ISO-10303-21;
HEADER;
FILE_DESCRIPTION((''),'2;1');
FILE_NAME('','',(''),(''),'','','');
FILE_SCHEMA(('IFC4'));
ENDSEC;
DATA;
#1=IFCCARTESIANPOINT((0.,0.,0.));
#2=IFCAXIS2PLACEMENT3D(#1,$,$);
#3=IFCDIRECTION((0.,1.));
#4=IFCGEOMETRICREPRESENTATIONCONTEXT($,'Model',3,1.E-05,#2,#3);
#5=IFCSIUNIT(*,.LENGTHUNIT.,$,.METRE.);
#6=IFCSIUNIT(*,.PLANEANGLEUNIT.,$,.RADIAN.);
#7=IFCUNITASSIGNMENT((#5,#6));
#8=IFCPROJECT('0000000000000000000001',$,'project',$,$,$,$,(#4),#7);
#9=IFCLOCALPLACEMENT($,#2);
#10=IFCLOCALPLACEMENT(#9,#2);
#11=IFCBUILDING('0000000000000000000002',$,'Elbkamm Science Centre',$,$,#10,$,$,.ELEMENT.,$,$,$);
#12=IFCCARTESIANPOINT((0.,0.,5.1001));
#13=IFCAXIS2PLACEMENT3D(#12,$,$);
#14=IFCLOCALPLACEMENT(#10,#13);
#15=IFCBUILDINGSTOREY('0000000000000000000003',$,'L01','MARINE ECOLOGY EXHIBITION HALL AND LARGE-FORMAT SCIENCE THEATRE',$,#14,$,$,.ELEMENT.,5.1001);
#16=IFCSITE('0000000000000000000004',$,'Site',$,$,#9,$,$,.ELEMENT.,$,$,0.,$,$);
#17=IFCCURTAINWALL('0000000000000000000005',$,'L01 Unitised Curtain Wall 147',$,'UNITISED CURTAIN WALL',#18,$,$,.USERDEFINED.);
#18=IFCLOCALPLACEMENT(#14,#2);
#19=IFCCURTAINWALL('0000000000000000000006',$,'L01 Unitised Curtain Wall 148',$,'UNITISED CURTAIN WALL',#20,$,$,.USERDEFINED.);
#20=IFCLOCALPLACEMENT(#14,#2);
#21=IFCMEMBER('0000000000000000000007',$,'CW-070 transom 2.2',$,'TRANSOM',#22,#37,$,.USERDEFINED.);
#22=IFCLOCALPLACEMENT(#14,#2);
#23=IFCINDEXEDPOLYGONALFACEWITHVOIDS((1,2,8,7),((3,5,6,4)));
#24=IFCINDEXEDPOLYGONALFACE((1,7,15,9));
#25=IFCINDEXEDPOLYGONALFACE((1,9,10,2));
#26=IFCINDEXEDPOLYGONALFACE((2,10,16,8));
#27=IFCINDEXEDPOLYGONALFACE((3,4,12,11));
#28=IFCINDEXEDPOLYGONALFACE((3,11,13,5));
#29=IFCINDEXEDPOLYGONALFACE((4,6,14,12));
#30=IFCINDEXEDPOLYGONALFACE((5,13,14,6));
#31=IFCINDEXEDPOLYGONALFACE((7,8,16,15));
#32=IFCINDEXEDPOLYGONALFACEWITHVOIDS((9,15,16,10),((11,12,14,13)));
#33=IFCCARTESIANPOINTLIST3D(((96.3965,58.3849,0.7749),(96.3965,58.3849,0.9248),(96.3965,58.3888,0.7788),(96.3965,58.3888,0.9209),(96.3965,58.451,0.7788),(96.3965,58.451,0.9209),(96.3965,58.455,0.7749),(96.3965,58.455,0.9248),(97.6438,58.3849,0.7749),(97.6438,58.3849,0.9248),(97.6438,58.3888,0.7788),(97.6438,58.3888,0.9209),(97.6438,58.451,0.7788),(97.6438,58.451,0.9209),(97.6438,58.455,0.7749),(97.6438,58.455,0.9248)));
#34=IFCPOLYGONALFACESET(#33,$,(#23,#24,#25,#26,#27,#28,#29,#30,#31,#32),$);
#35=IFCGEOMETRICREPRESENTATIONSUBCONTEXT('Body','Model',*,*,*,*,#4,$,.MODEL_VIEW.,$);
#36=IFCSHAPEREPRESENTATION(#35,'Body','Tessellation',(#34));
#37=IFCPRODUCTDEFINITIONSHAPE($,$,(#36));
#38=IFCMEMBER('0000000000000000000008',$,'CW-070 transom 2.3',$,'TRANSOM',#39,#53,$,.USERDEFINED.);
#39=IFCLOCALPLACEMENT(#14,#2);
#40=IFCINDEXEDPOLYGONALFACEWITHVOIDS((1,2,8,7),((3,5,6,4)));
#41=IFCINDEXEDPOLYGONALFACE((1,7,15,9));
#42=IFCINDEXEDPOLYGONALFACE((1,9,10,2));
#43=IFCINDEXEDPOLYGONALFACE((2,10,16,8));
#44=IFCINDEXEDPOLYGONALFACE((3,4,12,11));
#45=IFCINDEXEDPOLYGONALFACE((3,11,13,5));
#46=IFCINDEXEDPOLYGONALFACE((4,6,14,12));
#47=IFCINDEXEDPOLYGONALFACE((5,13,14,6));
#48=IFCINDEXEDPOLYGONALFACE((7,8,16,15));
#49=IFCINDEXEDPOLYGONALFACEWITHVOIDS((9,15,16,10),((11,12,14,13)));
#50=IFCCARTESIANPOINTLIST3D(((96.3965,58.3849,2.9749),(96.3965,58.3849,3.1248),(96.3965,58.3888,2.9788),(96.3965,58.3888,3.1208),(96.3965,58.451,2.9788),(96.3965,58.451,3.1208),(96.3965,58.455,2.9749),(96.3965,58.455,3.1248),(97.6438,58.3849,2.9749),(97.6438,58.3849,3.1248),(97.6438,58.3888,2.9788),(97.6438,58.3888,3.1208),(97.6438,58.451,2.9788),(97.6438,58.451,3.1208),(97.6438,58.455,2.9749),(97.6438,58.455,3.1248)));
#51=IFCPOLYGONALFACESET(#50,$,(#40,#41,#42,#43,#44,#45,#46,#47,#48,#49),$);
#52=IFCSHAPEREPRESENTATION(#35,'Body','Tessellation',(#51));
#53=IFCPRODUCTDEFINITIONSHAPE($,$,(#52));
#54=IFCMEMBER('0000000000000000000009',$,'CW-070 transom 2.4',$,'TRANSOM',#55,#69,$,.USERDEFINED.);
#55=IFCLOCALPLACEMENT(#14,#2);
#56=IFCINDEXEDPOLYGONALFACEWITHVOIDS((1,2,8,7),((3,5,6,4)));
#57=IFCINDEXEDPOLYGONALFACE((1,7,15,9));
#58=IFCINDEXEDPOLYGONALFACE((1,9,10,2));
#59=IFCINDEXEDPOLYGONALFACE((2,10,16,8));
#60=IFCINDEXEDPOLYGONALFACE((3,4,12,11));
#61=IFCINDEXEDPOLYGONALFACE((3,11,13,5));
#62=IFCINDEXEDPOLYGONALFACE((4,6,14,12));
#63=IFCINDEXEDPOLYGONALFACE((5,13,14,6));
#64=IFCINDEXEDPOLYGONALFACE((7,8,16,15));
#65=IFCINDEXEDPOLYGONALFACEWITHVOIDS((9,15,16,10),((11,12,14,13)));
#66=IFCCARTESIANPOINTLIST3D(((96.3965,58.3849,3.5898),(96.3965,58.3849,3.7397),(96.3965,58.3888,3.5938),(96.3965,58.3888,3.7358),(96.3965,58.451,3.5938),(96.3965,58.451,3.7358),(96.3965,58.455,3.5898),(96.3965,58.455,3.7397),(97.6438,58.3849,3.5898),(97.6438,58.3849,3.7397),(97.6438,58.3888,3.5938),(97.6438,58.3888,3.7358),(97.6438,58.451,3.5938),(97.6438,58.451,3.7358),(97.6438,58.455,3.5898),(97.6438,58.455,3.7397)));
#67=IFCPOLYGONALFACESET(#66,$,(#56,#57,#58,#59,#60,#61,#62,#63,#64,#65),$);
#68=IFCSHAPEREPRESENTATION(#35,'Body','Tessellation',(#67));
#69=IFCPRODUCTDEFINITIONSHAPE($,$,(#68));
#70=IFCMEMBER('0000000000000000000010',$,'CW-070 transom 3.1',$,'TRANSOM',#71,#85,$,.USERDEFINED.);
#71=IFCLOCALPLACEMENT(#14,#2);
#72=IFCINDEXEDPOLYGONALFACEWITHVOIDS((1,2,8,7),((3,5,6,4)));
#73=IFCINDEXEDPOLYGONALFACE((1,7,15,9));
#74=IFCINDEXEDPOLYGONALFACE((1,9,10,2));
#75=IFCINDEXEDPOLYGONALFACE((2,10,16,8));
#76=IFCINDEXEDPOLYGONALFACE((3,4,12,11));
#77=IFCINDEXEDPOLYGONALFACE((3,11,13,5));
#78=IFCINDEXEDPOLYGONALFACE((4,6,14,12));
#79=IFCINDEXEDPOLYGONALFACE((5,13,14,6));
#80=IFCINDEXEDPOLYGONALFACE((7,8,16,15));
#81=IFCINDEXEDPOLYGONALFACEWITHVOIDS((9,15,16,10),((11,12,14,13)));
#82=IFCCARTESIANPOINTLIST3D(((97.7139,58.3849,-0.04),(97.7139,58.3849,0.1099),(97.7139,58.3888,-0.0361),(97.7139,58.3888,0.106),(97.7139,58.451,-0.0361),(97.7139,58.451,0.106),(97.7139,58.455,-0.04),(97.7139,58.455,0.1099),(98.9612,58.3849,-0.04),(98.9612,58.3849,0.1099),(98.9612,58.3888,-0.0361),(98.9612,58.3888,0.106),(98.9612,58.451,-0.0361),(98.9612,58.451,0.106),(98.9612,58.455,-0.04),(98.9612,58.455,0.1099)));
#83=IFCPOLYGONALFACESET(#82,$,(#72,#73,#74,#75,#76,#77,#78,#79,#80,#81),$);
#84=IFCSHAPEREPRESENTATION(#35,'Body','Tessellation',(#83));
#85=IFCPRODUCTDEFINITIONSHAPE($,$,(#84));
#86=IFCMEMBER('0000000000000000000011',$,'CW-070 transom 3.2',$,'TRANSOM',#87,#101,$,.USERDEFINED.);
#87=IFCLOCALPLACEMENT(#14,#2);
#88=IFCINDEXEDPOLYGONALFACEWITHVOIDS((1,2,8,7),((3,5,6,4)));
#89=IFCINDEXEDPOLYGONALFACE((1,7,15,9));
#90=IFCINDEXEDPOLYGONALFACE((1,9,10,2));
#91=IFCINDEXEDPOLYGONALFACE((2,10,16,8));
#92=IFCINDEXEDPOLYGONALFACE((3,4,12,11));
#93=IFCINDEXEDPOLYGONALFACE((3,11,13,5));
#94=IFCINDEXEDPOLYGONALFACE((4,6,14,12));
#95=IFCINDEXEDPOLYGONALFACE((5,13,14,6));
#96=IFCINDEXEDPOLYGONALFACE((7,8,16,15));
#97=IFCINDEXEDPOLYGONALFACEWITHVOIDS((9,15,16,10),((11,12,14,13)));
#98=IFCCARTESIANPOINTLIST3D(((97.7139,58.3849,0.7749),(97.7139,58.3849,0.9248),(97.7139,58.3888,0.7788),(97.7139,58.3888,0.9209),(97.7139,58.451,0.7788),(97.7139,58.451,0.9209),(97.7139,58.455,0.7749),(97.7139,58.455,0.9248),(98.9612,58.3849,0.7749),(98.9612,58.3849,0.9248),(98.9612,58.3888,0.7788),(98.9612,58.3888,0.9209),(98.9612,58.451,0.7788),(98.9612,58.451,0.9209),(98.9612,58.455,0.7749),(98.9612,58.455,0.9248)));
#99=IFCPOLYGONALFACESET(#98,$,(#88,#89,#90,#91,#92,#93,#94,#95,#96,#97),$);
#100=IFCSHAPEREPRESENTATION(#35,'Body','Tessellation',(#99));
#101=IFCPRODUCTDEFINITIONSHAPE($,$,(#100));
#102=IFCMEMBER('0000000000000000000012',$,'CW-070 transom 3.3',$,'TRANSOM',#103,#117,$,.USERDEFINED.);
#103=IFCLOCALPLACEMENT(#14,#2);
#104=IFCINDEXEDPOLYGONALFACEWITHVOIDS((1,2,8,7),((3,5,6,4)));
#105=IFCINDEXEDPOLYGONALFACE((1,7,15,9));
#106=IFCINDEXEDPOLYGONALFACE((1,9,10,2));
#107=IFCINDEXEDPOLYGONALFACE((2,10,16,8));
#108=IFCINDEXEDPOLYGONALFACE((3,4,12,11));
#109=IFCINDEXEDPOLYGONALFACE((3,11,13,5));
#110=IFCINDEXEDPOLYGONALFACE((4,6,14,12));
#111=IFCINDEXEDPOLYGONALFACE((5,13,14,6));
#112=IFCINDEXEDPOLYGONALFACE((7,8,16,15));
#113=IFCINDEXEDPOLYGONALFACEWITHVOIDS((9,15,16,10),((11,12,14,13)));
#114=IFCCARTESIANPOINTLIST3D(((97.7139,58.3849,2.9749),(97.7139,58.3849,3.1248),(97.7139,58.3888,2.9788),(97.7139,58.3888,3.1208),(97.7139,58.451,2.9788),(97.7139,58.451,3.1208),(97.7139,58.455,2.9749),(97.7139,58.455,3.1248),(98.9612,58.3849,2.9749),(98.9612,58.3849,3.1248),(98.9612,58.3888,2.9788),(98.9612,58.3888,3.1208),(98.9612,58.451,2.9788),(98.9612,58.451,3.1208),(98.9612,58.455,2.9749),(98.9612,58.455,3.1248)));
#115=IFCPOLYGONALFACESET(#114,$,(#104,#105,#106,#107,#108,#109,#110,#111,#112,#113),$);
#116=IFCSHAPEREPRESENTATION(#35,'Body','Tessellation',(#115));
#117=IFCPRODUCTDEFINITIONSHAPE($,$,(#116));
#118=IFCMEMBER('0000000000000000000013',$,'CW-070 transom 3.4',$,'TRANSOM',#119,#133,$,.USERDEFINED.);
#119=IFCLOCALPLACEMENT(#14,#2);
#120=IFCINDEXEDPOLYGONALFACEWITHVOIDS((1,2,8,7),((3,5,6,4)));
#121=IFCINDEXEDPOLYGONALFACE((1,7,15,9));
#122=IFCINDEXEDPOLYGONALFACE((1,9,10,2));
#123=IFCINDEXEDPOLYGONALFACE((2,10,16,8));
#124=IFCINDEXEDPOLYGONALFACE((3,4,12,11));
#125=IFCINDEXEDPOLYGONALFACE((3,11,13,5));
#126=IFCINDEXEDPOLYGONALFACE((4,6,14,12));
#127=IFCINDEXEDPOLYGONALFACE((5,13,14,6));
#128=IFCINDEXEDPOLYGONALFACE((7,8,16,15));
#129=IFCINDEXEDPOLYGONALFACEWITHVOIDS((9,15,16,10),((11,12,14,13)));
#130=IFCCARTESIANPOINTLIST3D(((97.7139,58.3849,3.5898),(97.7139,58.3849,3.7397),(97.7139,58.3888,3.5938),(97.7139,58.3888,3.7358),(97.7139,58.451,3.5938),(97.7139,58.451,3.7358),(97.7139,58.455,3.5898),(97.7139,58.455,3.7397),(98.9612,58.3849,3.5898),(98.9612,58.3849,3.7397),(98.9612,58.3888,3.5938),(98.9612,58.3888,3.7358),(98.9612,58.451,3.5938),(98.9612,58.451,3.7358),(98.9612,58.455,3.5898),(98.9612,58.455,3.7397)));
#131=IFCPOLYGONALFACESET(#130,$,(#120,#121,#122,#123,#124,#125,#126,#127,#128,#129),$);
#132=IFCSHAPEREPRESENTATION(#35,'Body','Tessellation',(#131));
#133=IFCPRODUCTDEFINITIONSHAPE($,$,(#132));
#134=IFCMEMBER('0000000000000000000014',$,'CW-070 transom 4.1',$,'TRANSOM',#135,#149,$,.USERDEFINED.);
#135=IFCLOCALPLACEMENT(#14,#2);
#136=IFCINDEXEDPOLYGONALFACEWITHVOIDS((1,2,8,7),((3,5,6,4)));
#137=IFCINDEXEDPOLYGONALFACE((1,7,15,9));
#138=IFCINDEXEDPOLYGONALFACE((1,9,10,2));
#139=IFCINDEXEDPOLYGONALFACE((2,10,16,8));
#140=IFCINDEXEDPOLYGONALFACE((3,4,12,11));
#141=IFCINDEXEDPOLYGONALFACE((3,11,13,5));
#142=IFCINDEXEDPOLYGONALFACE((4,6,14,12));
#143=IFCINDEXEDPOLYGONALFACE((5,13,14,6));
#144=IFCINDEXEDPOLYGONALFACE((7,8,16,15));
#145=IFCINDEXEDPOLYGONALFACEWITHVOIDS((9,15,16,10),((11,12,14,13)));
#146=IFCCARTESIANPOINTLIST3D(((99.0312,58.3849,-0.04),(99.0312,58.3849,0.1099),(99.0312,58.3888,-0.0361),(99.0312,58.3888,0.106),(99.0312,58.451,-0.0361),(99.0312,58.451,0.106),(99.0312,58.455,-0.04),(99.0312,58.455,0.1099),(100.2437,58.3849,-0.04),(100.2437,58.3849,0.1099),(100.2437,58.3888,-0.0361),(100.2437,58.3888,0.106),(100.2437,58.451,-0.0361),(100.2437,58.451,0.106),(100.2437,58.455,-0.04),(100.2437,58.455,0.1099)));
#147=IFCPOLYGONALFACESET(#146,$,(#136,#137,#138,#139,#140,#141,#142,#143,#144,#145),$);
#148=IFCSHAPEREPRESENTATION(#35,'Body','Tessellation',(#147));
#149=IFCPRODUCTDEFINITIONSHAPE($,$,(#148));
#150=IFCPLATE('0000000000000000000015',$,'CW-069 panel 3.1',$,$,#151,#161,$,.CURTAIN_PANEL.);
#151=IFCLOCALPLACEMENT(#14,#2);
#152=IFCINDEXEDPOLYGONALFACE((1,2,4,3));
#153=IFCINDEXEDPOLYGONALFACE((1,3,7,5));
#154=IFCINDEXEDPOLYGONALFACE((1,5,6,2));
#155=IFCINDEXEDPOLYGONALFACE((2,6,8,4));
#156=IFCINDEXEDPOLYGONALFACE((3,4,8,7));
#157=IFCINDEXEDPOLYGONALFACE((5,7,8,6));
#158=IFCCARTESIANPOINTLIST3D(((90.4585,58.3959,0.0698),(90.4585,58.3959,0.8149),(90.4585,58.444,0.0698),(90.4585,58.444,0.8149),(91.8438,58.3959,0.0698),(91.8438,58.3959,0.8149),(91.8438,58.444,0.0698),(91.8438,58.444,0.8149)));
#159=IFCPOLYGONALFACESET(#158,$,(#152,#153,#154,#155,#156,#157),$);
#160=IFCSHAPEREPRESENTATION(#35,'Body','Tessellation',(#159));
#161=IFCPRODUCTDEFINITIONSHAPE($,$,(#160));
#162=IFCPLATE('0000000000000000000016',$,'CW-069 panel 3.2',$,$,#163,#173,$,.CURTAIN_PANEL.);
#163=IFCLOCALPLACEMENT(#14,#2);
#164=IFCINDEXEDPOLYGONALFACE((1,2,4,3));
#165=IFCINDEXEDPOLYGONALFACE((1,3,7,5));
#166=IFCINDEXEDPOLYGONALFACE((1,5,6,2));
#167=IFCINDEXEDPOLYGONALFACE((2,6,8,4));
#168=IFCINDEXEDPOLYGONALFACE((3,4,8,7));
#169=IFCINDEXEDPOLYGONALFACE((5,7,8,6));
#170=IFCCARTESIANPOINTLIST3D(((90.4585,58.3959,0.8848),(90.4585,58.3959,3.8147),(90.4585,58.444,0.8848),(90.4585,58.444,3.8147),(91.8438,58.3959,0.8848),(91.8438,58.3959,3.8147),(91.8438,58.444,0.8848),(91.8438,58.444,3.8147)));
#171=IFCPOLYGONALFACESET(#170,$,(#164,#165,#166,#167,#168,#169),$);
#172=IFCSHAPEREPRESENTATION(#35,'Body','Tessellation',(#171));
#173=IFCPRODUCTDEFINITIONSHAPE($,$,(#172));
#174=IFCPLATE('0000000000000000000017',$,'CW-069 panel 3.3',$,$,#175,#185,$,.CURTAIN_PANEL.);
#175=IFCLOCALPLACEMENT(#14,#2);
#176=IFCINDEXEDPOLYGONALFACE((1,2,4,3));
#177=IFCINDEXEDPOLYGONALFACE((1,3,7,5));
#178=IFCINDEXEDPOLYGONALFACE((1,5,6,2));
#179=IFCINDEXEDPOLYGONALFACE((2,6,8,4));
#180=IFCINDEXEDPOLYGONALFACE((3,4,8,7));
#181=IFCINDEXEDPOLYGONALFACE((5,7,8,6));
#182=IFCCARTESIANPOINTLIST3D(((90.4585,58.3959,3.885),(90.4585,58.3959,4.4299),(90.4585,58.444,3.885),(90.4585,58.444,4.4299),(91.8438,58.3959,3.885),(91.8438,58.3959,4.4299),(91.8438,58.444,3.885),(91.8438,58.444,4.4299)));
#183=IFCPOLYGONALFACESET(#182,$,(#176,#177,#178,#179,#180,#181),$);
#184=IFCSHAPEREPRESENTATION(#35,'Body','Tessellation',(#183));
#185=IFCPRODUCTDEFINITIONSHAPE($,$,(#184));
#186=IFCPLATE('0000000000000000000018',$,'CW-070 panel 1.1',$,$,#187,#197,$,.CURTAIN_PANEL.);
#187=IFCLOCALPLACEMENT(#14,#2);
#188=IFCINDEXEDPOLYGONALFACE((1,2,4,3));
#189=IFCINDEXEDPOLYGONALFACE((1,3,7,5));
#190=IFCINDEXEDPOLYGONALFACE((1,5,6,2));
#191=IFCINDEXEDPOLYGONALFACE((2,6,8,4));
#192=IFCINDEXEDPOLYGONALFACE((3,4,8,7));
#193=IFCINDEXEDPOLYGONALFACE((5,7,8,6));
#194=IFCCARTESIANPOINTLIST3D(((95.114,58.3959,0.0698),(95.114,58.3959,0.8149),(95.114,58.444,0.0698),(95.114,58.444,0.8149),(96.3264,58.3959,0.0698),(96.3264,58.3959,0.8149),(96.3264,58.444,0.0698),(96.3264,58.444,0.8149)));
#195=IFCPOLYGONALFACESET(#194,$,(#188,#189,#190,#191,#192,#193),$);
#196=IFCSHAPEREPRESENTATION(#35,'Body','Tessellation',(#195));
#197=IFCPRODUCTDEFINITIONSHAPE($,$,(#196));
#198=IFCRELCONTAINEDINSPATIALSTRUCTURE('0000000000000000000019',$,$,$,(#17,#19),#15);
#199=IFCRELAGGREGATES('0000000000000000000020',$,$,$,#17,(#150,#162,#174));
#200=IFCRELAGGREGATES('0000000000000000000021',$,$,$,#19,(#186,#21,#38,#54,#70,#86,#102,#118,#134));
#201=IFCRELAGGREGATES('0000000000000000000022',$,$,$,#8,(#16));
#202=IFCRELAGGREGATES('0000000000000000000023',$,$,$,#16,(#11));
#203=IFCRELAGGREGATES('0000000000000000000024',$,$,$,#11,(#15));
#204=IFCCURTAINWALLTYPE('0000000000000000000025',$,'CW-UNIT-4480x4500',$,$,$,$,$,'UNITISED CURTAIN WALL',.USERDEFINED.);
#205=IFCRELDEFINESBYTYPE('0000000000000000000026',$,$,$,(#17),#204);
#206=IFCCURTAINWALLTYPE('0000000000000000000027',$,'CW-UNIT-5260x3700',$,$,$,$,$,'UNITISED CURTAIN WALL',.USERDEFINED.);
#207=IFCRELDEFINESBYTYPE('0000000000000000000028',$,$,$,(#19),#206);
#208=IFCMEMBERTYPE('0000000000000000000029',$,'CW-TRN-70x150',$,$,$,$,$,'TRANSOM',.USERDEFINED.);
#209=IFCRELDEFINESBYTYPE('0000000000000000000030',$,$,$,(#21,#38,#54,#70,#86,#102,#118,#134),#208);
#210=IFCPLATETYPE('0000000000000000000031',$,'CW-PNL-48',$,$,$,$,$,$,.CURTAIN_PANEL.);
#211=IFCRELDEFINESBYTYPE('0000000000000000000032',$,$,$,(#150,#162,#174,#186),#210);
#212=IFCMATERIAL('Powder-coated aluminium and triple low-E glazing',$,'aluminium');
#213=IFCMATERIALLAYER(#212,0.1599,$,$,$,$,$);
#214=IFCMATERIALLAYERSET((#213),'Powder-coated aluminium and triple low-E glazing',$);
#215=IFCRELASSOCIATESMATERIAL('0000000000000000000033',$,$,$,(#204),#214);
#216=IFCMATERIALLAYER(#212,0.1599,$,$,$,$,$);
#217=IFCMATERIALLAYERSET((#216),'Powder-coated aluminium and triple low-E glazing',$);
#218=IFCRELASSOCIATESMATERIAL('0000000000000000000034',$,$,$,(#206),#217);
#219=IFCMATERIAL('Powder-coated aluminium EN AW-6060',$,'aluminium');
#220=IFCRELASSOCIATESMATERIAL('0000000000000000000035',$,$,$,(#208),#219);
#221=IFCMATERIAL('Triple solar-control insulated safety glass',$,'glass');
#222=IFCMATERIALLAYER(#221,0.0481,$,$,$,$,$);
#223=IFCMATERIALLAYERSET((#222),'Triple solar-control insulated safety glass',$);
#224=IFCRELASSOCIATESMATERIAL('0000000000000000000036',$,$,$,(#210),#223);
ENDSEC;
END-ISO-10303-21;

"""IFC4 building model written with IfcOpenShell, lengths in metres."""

from ifc_helpers import new_model, si_unit, direction, frame, origin, origin_2d, place, context, subcontext, project, spatial, rectangle, hollow_rectangle, extrude, material, layer, layer_set, material_profile, profile_set, type_object, element, aggregate, save


model = new_model("IFC4")

# Units and contexts
model_context = context("Model", 3, precision=1e-05, world=origin(), true_north=direction((0.0, 1.0)))
body_context = subcontext(model_context, "Body", "Model", "MODEL_VIEW")
ifc_project = project(units=[si_unit("LENGTHUNIT", "METRE"), si_unit("PLANEANGLEUNIT", "RADIAN")], contexts=[model_context])

# Site, building, storey
site_placement = place(None, origin())
site = spatial("IfcSite", under=ifc_project, at=site_placement, Name="Site", CompositionType="ELEMENT", RefElevation=0.0)
building_placement = place(site_placement, origin())
building = spatial("IfcBuilding", under=site, at=building_placement, Name="Elbkamm Science Centre", CompositionType="ELEMENT")
storey_placement = place(building_placement, frame((0.0, 0.0, 5.1001)))
storey = spatial("IfcBuildingStorey", under=building, at=storey_placement, Name="L01", Description="MARINE ECOLOGY EXHIBITION HALL AND LARGE-FORMAT SCIENCE THEATRE", CompositionType="ELEMENT", Elevation=5.1001)

# Curtain wall
ifc_material_1 = material(Name="Powder-coated aluminium and triple low-E glazing", Category="aluminium")
ifc_layer_1 = layer(ifc_material_1, 0.1599)
ifc_layer_set_1 = layer_set([ifc_layer_1], Name="Powder-coated aluminium and triple low-E glazing")
curtain_wall_type_1 = type_object("IfcCurtainWallType", Name="CW-UNIT-4480x4500", ElementType="UNITISED CURTAIN WALL", PredefinedType="USERDEFINED", material=ifc_layer_set_1)
curtain_wall_1_placement = place(storey_placement, origin())
curtain_wall_1 = element("IfcCurtainWall", 1, at=curtain_wall_1_placement, inside=storey, type_object=curtain_wall_type_1, Name="L01 Unitised Curtain Wall 147", ObjectType="UNITISED CURTAIN WALL", PredefinedType="USERDEFINED")
ifc_material_2 = material(Name="Powder-coated aluminium EN AW-6060", Category="aluminium")

# Curtain wall
ifc_layer_2 = layer(ifc_material_1, 0.1599)
ifc_layer_set_2 = layer_set([ifc_layer_2], Name="Powder-coated aluminium and triple low-E glazing")
curtain_wall_type_2 = type_object("IfcCurtainWallType", Name="CW-UNIT-5260x3700", ElementType="UNITISED CURTAIN WALL", PredefinedType="USERDEFINED", material=ifc_layer_set_2)
curtain_wall_2_placement = place(storey_placement, origin())
curtain_wall_2 = element("IfcCurtainWall", 2, at=curtain_wall_2_placement, inside=storey, type_object=curtain_wall_type_2, Name="L01 Unitised Curtain Wall 148", ObjectType="UNITISED CURTAIN WALL", PredefinedType="USERDEFINED")

# Members
ifc_material_profile_1 = material_profile(ifc_material_2, hollow_rectangle(XDim=0.0701, YDim=0.1499, WallThickness=0.0039, at=origin_2d()), Name="ALU T70x150")
ifc_profile_set_1 = profile_set([ifc_material_profile_1], Name="Powder-coated aluminium EN AW-6060")
member_type_1 = type_object("IfcMemberType", Name="CW-TRN-70x150", ElementType="TRANSOM", PredefinedType="USERDEFINED", material=ifc_profile_set_1)
member_1_placement = place(storey_placement, frame((96.3965, 58.4199, 0.8499), z_axis=(1.0, 0.0, 0.0), x_axis=(0.0, 1.0, 0.0)))
member_1 = element("IfcMember", 3, at=member_1_placement, type_object=member_type_1, Name="CW-070 transom 2.2", ObjectType="TRANSOM", PredefinedType="USERDEFINED", context=body_context, shape_type="SweptSolid", body=[
    extrude(hollow_rectangle(XDim=0.0701, YDim=0.1499, WallThickness=0.0039, at=origin_2d()), origin(), (0.0, 0.0, 1.0), 1.2473),
])
member_2_placement = place(storey_placement, frame((96.3965, 58.4199, 3.0498), z_axis=(1.0, 0.0, 0.0), x_axis=(0.0, 1.0, 0.0)))
member_2 = element("IfcMember", 4, at=member_2_placement, type_object=member_type_1, Name="CW-070 transom 2.3", ObjectType="TRANSOM", PredefinedType="USERDEFINED", context=body_context, shape_type="SweptSolid", body=[
    extrude(hollow_rectangle(XDim=0.0701, YDim=0.1499, WallThickness=0.0039, at=origin_2d()), origin(), (0.0, 0.0, 1.0), 1.2473),
])
member_3_placement = place(storey_placement, frame((96.3965, 58.4199, 3.6648), z_axis=(1.0, 0.0, 0.0), x_axis=(0.0, 1.0, 0.0)))
member_3 = element("IfcMember", 5, at=member_3_placement, type_object=member_type_1, Name="CW-070 transom 2.4", ObjectType="TRANSOM", PredefinedType="USERDEFINED", context=body_context, shape_type="SweptSolid", body=[
    extrude(hollow_rectangle(XDim=0.0701, YDim=0.1499, WallThickness=0.0039, at=origin_2d()), origin(), (0.0, 0.0, 1.0), 1.2473),
])
member_4_placement = place(storey_placement, frame((97.7139, 58.4199, 0.0349), z_axis=(1.0, 0.0, 0.0), x_axis=(0.0, 1.0, 0.0)))
member_4 = element("IfcMember", 6, at=member_4_placement, type_object=member_type_1, Name="CW-070 transom 3.1", ObjectType="TRANSOM", PredefinedType="USERDEFINED", context=body_context, shape_type="SweptSolid", body=[
    extrude(hollow_rectangle(XDim=0.0701, YDim=0.1499, WallThickness=0.0039, at=origin_2d()), origin(), (0.0, 0.0, 1.0), 1.2473),
])
member_5_placement = place(storey_placement, frame((97.7139, 58.4199, 0.8499), z_axis=(1.0, 0.0, 0.0), x_axis=(0.0, 1.0, 0.0)))
member_5 = element("IfcMember", 7, at=member_5_placement, type_object=member_type_1, Name="CW-070 transom 3.2", ObjectType="TRANSOM", PredefinedType="USERDEFINED", context=body_context, shape_type="SweptSolid", body=[
    extrude(hollow_rectangle(XDim=0.0701, YDim=0.1499, WallThickness=0.0039, at=origin_2d()), origin(), (0.0, 0.0, 1.0), 1.2473),
])
member_6_placement = place(storey_placement, frame((97.7139, 58.4199, 3.0498), z_axis=(1.0, 0.0, 0.0), x_axis=(0.0, 1.0, 0.0)))
member_6 = element("IfcMember", 8, at=member_6_placement, type_object=member_type_1, Name="CW-070 transom 3.3", ObjectType="TRANSOM", PredefinedType="USERDEFINED", context=body_context, shape_type="SweptSolid", body=[
    extrude(hollow_rectangle(XDim=0.0701, YDim=0.1499, WallThickness=0.0039, at=origin_2d()), origin(), (0.0, 0.0, 1.0), 1.2473),
])
member_7_placement = place(storey_placement, frame((97.7139, 58.4199, 3.6648), z_axis=(1.0, 0.0, 0.0), x_axis=(0.0, 1.0, 0.0)))
member_7 = element("IfcMember", 9, at=member_7_placement, type_object=member_type_1, Name="CW-070 transom 3.4", ObjectType="TRANSOM", PredefinedType="USERDEFINED", context=body_context, shape_type="SweptSolid", body=[
    extrude(hollow_rectangle(XDim=0.0701, YDim=0.1499, WallThickness=0.0039, at=origin_2d()), origin(), (0.0, 0.0, 1.0), 1.2473),
])
member_8_placement = place(storey_placement, frame((99.0312, 58.4199, 0.0349), z_axis=(1.0, 0.0, 0.0), x_axis=(0.0, 1.0, 0.0)))
member_8 = element("IfcMember", 10, at=member_8_placement, type_object=member_type_1, Name="CW-070 transom 4.1", ObjectType="TRANSOM", PredefinedType="USERDEFINED", context=body_context, shape_type="SweptSolid", body=[
    extrude(hollow_rectangle(XDim=0.0701, YDim=0.1499, WallThickness=0.0039, at=origin_2d()), origin(), (0.0, 0.0, 1.0), 1.2124),
])

# Plates
ifc_material_3 = material(Name="Triple solar-control insulated safety glass", Category="glass")
ifc_layer_3 = layer(ifc_material_3, 0.0481)
ifc_layer_set_3 = layer_set([ifc_layer_3], Name="Triple solar-control insulated safety glass")
plate_type = type_object("IfcPlateType", Name="CW-PNL-48", PredefinedType="CURTAIN_PANEL", material=ifc_layer_set_3)
plate_1_placement = place(storey_placement, frame((91.1511, 58.4199, 0.0698), z_axis=(0.0, 0.0, 1.0), x_axis=(1.0, 0.0, 0.0)))
plate_1 = element("IfcPlate", 11, at=plate_1_placement, type_object=plate_type, Name="CW-069 panel 3.1", PredefinedType="CURTAIN_PANEL", context=body_context, shape_type="SweptSolid", body=[
    extrude(rectangle(XDim=1.3853, YDim=0.0481, at=origin_2d()), origin(), (0.0, 0.0, 1.0), 0.7451),
])
plate_2_placement = place(storey_placement, frame((91.1511, 58.4199, 0.8848), z_axis=(0.0, 0.0, 1.0), x_axis=(1.0, 0.0, 0.0)))
plate_2 = element("IfcPlate", 12, at=plate_2_placement, type_object=plate_type, Name="CW-069 panel 3.2", PredefinedType="CURTAIN_PANEL", context=body_context, shape_type="SweptSolid", body=[
    extrude(rectangle(XDim=1.3853, YDim=0.0481, at=origin_2d()), origin(), (0.0, 0.0, 1.0), 2.9299),
])
plate_3_placement = place(storey_placement, frame((91.1511, 58.4199, 3.885), z_axis=(0.0, 0.0, 1.0), x_axis=(1.0, 0.0, 0.0)))
plate_3 = element("IfcPlate", 13, at=plate_3_placement, type_object=plate_type, Name="CW-069 panel 3.3", PredefinedType="CURTAIN_PANEL", context=body_context, shape_type="SweptSolid", body=[
    extrude(rectangle(XDim=1.3853, YDim=0.0481, at=origin_2d()), origin(), (0.0, 0.0, 1.0), 0.5449),
])
aggregate(curtain_wall_1, [plate_1, plate_2, plate_3])
plate_4_placement = place(storey_placement, frame((95.7202, 58.4199, 0.0698), z_axis=(0.0, 0.0, 1.0), x_axis=(1.0, 0.0, 0.0)))
plate_4 = element("IfcPlate", 14, at=plate_4_placement, type_object=plate_type, Name="CW-070 panel 1.1", PredefinedType="CURTAIN_PANEL", context=body_context, shape_type="SweptSolid", body=[
    extrude(rectangle(XDim=1.2124, YDim=0.0481, at=origin_2d()), origin(), (0.0, 0.0, 1.0), 0.7451),
])
aggregate(curtain_wall_2, [plate_4, member_1, member_2, member_3, member_4, member_5, member_6, member_7, member_8])

save(model, "model.ifc")
